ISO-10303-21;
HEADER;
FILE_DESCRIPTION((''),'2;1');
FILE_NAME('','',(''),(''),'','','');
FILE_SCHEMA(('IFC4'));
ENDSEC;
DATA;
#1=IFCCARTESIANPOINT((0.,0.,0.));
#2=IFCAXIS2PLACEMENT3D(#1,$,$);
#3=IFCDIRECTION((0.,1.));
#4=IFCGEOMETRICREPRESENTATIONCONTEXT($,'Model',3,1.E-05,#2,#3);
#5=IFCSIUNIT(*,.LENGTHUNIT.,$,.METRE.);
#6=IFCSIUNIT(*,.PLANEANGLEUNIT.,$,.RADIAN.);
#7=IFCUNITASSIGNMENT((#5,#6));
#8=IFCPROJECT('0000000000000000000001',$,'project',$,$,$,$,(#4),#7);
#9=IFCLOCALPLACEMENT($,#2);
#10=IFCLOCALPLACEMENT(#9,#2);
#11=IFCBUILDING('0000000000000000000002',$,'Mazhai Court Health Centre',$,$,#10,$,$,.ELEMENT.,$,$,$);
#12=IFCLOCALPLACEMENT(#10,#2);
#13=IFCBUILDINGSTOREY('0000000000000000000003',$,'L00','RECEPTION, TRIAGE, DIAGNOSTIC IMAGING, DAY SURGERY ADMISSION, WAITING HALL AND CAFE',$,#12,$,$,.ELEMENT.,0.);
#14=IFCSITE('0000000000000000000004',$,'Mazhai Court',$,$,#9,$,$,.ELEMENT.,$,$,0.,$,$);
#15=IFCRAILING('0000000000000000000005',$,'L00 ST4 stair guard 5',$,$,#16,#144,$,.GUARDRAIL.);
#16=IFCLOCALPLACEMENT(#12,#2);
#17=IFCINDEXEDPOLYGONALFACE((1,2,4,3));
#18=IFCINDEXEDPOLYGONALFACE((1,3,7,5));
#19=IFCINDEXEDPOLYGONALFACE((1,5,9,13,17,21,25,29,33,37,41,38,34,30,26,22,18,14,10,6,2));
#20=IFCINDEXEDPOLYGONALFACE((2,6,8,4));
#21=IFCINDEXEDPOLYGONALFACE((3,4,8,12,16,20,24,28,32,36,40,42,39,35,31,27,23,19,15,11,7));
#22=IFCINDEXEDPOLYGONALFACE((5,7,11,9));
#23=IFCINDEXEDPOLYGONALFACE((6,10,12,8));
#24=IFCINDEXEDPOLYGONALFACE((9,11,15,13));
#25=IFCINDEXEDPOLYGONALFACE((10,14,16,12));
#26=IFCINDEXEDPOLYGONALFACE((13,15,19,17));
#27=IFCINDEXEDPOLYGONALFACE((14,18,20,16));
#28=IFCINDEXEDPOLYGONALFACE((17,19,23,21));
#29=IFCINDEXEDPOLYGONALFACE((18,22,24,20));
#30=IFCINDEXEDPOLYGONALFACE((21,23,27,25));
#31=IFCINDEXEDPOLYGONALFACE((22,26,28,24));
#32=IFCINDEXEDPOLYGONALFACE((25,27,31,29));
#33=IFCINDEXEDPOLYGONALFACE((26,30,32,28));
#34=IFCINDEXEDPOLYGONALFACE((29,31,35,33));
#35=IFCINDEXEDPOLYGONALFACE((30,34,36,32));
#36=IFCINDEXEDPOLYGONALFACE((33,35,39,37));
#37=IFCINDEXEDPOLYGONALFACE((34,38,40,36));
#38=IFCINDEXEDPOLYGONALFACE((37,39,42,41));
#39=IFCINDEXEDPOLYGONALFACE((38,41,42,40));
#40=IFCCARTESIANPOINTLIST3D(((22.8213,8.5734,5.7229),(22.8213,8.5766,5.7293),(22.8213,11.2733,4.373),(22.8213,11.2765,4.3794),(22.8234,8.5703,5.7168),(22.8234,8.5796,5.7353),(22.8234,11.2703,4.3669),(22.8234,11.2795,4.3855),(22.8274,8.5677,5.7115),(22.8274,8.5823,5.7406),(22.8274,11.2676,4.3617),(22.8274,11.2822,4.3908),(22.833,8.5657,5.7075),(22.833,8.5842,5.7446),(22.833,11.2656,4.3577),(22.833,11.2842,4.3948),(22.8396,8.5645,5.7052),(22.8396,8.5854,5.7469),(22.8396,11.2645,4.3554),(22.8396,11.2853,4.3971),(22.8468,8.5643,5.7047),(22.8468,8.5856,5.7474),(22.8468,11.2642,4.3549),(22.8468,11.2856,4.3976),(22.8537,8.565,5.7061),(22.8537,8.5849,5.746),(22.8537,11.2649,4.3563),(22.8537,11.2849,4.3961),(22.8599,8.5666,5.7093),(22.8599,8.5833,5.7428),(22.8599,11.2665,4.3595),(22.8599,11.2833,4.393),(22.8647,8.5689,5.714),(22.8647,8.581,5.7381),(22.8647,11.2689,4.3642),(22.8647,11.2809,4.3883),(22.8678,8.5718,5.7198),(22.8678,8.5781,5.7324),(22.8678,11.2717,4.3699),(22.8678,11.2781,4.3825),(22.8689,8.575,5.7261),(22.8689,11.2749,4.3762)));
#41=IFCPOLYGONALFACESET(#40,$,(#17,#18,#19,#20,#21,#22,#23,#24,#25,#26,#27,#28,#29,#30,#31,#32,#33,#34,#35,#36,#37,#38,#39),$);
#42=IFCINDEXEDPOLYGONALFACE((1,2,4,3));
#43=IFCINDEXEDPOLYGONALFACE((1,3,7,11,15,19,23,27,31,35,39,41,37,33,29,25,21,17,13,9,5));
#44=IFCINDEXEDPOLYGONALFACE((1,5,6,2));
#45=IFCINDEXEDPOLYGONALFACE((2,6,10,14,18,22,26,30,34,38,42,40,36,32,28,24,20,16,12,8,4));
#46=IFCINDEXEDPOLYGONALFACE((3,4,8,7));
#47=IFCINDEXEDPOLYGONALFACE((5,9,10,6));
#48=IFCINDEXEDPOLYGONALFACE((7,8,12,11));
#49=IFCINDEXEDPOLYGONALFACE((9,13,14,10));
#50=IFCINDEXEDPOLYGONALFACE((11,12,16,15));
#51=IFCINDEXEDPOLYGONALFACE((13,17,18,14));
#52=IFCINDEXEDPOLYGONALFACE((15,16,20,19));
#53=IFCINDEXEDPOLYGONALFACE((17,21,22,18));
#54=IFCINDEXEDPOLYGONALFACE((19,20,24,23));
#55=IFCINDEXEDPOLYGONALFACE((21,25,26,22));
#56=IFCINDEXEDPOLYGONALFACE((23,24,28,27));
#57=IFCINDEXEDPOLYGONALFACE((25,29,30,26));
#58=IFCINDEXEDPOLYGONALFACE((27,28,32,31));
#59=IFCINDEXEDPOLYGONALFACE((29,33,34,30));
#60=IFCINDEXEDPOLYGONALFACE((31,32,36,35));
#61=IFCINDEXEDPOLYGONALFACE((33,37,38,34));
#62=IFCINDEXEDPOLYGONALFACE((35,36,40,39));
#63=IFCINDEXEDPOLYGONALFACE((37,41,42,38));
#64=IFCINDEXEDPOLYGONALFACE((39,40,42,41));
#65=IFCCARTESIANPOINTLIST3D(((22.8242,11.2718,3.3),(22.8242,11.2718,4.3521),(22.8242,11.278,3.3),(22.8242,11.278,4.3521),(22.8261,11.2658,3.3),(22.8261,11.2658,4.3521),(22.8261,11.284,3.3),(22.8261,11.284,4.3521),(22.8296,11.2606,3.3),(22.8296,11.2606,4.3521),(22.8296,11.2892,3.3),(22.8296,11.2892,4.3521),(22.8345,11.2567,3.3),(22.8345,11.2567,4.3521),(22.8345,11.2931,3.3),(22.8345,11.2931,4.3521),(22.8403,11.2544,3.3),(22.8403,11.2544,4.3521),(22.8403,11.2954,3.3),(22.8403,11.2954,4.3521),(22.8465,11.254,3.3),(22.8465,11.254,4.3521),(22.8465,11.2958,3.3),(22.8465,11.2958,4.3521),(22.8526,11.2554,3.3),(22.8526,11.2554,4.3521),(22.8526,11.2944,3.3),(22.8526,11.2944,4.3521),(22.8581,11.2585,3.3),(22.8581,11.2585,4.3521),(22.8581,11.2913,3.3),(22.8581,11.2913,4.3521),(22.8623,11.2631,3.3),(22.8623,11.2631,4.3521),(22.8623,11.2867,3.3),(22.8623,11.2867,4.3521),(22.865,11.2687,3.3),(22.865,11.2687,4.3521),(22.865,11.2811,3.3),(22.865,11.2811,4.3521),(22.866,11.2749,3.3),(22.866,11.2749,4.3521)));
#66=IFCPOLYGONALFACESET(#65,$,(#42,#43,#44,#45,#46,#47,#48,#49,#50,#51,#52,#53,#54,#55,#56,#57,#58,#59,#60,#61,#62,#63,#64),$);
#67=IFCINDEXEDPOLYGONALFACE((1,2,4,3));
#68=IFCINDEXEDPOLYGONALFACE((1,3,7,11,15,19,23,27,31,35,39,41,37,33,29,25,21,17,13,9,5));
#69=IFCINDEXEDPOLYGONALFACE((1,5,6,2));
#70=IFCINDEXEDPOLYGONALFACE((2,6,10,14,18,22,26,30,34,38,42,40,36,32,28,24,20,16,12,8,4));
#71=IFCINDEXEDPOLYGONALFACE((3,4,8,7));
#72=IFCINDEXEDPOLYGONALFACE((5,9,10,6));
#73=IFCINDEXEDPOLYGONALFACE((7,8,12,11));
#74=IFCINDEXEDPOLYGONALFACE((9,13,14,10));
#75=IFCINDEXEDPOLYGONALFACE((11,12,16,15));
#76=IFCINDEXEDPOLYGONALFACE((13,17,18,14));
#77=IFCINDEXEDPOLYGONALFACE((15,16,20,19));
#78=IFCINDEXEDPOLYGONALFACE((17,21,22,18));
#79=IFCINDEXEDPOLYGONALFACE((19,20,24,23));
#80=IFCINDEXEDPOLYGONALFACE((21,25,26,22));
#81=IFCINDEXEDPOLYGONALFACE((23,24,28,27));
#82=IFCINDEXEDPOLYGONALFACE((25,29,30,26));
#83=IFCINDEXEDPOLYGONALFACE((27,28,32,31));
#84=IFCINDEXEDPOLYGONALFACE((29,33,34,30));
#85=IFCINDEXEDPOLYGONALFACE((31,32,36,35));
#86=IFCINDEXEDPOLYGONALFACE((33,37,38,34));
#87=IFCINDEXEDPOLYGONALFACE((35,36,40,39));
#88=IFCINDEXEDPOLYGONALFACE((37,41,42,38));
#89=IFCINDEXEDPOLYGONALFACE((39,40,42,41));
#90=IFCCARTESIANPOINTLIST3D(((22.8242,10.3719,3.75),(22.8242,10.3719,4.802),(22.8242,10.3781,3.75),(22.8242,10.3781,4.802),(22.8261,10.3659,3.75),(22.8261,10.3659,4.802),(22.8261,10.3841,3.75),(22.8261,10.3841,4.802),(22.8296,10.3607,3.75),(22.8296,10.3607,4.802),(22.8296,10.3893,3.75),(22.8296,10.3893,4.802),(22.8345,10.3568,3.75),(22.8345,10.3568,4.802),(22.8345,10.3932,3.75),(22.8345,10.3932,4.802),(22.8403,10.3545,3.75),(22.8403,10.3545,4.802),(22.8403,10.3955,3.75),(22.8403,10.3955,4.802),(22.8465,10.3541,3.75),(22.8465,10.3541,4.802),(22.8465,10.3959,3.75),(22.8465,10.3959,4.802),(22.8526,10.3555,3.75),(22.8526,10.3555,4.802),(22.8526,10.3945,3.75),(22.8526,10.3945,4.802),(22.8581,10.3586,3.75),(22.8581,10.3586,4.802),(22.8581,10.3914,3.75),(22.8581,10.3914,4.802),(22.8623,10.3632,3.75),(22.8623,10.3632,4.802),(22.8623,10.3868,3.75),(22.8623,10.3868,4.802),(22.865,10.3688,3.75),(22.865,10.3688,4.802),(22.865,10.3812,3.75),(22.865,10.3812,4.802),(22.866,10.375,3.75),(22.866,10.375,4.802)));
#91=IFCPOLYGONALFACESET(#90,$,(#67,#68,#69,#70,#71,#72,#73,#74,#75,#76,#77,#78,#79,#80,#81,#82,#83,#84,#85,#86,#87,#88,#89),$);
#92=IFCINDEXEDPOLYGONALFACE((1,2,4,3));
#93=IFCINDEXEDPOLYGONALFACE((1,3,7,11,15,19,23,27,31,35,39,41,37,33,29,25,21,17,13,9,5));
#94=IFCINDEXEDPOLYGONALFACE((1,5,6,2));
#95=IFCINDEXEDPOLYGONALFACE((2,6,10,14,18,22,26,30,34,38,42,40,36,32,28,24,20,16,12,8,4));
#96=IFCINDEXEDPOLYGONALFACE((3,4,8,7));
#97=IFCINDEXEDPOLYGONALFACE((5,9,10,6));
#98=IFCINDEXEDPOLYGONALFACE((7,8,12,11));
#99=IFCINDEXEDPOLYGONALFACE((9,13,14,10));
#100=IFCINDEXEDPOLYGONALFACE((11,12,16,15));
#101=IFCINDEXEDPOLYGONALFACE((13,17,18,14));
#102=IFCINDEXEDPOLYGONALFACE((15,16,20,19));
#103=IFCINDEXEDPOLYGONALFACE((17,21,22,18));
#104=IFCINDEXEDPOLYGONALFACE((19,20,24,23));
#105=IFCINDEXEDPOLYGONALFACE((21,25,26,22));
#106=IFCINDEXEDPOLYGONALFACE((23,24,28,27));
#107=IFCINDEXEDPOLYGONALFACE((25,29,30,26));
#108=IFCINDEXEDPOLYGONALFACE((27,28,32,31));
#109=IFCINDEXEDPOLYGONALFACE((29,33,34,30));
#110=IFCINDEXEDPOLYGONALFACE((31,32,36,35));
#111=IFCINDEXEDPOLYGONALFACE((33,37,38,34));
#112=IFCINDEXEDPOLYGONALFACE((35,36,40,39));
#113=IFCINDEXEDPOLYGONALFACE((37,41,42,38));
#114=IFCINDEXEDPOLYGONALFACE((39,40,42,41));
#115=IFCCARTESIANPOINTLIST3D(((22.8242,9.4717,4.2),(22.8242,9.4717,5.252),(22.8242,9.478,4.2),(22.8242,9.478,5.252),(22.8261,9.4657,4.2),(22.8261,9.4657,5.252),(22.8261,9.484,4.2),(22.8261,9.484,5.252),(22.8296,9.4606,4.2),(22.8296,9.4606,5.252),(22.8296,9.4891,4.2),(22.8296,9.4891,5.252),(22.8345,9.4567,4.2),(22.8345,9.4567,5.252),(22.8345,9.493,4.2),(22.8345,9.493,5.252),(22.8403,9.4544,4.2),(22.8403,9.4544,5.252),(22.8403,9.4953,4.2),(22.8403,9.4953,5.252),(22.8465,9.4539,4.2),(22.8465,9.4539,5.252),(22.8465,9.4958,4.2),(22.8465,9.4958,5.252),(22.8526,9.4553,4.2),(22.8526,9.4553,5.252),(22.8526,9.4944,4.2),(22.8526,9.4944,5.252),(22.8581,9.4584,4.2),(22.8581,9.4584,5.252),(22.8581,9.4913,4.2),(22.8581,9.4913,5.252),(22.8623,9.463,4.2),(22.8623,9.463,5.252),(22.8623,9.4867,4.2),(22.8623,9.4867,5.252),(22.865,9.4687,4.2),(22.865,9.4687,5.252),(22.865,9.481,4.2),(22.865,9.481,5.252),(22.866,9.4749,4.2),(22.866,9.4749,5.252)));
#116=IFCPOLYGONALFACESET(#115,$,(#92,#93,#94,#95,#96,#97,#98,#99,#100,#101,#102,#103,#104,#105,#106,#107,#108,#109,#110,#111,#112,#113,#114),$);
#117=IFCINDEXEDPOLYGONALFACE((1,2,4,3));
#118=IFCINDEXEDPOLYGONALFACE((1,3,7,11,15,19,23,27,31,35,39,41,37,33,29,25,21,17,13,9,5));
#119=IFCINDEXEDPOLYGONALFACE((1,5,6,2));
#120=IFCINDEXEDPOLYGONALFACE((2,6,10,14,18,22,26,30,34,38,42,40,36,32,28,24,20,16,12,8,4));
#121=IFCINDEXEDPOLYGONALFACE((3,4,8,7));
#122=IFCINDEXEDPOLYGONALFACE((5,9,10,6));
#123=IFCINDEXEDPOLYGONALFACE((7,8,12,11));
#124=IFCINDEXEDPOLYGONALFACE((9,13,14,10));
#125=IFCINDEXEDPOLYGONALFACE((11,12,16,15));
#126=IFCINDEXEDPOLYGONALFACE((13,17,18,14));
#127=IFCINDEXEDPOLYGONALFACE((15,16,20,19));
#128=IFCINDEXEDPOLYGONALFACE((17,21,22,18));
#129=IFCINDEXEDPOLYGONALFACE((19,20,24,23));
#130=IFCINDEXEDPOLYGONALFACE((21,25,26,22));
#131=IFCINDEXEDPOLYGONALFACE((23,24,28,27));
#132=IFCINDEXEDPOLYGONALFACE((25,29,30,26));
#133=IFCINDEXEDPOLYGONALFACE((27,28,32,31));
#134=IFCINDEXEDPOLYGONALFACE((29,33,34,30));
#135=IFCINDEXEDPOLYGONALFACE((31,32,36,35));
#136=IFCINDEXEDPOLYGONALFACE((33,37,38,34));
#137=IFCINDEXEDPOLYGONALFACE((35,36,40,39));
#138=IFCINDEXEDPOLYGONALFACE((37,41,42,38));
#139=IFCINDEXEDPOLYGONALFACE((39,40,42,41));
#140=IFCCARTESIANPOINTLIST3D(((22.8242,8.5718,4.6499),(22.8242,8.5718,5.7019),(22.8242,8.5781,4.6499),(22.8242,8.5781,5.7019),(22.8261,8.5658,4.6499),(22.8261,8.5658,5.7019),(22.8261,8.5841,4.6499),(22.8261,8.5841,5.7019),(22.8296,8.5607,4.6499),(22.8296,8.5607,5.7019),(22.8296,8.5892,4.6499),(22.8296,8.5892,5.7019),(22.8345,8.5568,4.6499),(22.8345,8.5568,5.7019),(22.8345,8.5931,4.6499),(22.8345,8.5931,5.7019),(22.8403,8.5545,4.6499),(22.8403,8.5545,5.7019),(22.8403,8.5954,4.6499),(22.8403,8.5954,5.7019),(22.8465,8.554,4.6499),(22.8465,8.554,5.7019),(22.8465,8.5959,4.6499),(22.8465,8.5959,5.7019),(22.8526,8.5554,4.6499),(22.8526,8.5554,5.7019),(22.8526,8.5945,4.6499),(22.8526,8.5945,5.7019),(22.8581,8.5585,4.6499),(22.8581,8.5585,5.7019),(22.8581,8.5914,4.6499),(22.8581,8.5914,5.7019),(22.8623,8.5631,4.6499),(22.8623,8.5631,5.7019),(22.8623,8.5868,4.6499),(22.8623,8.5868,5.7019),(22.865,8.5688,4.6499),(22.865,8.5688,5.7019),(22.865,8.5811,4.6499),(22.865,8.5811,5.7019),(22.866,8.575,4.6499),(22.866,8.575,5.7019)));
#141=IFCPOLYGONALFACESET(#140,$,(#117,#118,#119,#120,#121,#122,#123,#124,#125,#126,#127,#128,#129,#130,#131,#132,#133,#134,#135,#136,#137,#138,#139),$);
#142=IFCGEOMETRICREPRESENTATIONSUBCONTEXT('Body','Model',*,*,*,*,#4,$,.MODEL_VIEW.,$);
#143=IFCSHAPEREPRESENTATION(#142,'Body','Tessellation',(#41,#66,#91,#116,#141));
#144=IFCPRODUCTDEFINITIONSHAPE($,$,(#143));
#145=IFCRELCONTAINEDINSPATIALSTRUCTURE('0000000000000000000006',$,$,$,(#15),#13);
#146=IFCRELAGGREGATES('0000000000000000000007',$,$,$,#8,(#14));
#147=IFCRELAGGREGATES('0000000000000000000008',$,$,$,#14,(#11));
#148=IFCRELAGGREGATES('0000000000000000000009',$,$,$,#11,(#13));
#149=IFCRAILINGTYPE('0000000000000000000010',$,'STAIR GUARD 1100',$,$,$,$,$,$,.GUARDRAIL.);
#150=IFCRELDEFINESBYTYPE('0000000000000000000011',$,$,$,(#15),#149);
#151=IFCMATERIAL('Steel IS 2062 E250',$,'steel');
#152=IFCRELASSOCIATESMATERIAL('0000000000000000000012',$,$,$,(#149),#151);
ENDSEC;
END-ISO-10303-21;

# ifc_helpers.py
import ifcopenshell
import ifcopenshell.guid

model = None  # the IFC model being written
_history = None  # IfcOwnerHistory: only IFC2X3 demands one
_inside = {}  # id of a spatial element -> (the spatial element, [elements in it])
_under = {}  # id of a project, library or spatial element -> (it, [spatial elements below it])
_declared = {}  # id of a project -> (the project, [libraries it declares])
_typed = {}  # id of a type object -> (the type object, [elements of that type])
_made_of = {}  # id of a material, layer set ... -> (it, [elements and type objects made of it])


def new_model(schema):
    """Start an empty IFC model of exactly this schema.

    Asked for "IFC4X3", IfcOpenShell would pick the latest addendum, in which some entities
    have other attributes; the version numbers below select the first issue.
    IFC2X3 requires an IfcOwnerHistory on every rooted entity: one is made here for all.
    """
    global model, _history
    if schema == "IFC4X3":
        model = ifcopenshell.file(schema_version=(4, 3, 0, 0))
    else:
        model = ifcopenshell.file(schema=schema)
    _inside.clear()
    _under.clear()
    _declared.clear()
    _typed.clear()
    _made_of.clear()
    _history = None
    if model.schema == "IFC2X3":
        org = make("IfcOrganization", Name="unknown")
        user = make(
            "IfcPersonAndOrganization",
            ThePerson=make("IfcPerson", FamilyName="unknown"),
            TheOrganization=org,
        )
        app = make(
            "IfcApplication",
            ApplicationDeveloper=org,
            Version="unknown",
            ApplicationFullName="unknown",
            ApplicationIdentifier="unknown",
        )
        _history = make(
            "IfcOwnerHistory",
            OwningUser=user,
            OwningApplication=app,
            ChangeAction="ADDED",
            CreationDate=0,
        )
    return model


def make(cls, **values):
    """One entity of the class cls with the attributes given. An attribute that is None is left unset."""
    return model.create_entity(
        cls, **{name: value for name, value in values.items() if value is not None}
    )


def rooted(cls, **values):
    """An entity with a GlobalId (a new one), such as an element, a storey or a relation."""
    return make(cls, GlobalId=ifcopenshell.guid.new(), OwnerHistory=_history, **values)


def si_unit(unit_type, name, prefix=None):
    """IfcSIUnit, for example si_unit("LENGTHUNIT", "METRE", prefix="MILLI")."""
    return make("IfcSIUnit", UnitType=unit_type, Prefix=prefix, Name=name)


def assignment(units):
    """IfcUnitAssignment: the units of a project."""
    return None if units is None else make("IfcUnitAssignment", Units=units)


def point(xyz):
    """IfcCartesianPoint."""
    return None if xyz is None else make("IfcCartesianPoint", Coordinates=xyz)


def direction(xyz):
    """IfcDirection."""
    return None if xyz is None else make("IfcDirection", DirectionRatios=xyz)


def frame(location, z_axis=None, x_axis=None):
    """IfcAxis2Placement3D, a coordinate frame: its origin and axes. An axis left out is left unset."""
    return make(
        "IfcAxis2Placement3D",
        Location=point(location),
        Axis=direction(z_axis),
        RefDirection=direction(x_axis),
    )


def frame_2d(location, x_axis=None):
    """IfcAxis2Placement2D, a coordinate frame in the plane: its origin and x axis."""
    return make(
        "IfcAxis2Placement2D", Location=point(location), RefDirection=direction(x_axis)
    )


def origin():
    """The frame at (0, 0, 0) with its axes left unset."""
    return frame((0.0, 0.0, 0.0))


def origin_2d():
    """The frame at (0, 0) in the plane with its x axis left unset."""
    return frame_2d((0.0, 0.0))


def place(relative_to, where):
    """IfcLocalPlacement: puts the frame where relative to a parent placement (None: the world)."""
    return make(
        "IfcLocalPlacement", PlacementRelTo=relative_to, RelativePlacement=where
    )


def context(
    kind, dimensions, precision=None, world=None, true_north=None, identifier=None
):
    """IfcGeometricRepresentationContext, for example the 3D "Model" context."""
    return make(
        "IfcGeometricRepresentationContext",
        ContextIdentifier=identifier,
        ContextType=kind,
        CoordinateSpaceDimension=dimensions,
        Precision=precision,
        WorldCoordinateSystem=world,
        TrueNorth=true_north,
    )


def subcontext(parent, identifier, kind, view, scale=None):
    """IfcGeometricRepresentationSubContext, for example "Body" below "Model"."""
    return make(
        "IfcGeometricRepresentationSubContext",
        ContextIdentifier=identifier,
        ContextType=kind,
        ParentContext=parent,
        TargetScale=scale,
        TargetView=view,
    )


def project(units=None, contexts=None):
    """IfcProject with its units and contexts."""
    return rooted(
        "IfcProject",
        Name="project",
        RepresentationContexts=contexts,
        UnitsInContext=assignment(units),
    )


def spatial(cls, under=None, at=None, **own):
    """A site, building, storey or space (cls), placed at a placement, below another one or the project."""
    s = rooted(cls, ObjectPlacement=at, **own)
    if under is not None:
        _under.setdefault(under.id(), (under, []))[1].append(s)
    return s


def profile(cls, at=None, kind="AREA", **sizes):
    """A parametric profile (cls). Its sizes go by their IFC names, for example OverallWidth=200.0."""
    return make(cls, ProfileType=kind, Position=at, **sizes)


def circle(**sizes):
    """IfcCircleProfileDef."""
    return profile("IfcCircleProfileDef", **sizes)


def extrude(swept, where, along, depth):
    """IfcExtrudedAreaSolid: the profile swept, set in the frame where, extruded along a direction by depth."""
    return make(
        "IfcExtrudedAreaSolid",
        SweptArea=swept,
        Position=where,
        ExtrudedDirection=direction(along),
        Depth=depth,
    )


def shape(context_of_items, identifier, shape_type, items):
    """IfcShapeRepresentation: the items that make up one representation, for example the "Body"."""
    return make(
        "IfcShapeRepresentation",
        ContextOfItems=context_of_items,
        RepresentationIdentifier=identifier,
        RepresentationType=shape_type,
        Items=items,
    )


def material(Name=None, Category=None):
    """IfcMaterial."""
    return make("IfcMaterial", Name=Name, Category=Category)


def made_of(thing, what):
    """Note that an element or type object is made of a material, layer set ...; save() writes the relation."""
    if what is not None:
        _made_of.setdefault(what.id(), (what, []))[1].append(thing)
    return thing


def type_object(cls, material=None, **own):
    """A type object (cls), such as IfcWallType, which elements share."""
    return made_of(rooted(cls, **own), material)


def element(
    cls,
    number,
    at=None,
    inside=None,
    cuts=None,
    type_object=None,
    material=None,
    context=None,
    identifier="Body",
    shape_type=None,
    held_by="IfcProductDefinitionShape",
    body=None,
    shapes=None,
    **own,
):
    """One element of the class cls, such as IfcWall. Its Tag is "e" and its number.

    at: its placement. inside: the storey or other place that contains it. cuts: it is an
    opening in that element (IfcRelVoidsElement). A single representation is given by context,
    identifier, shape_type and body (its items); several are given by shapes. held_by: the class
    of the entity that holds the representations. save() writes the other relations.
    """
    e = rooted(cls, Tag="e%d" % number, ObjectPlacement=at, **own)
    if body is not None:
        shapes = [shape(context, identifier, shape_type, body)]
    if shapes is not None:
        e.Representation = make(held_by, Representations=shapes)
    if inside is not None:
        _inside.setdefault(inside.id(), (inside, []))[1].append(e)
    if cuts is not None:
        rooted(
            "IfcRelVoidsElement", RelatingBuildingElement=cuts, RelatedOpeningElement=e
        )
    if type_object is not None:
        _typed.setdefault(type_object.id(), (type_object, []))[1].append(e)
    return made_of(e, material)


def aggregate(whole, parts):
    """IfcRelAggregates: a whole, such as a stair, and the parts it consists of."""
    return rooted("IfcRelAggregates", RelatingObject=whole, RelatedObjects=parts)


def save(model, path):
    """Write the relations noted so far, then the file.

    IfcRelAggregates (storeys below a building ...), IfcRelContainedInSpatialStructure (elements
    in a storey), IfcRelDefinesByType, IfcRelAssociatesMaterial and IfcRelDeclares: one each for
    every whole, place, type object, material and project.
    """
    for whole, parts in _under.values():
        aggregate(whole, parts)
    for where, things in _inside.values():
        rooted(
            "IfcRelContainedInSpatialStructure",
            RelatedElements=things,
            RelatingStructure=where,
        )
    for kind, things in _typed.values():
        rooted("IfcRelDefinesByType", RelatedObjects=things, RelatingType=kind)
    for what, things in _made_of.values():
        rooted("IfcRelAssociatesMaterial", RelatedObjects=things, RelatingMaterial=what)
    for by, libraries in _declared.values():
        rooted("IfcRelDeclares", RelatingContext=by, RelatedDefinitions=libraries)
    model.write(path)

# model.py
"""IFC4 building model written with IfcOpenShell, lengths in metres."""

from ifc_helpers import new_model, si_unit, direction, frame, origin, origin_2d, place, context, subcontext, project, spatial, circle, extrude, material, type_object, element, save


model = new_model("IFC4")

# Units and contexts
model_context = context("Model", 3, precision=1e-05, world=origin(), true_north=direction((0.0, 1.0)))
body_context = subcontext(model_context, "Body", "Model", "MODEL_VIEW")
ifc_project = project(units=[si_unit("LENGTHUNIT", "METRE"), si_unit("PLANEANGLEUNIT", "RADIAN")], contexts=[model_context])

# Site, building, storey
site_placement = place(None, origin())
site = spatial("IfcSite", under=ifc_project, at=site_placement, Name="Mazhai Court", CompositionType="ELEMENT", RefElevation=0.0)
building_placement = place(site_placement, origin())
building = spatial("IfcBuilding", under=site, at=building_placement, Name="Mazhai Court Health Centre", CompositionType="ELEMENT")
storey_placement = place(building_placement, origin())
storey = spatial("IfcBuildingStorey", under=building, at=storey_placement, Name="L00", Description="RECEPTION, TRIAGE, DIAGNOSTIC IMAGING, DAY SURGERY ADMISSION, WAITING HALL AND CAFE", CompositionType="ELEMENT", Elevation=0.0)

# Railing
ifc_material_1 = material(Name="Steel IS 2062 E250", Category="steel")
railing_type_1 = type_object("IfcRailingType", Name="STAIR GUARD 1100", PredefinedType="GUARDRAIL", material=ifc_material_1)
railing_1_placement = place(storey_placement, frame((22.845, 11.2749, 3.3)))
element("IfcRailing", 1, at=railing_1_placement, inside=storey, type_object=railing_type_1, Name="L00 ST4 stair guard 5", PredefinedType="GUARDRAIL", context=body_context, shape_type="SweptSolid", body=[
    extrude(circle(Radius=0.0239, at=origin_2d()), frame((0.0, 0.0, 1.0762), z_axis=(0.0, -0.894443, 0.447181), x_axis=(1.0, 0.0, 0.0)), (0.0, 0.0, 1.0), 3.0186),
    extrude(circle(Radius=0.021, at=origin_2d()), origin(), (0.0, 0.0, 1.0), 1.052),
    extrude(circle(Radius=0.021, at=origin_2d()), frame((0.0, -0.8999, 0.45)), (0.0, 0.0, 1.0), 1.052),
    extrude(circle(Radius=0.021, at=origin_2d()), frame((0.0, -1.8, 0.8999)), (0.0, 0.0, 1.0), 1.052),
    extrude(circle(Radius=0.021, at=origin_2d()), frame((0.0, -2.7, 1.3499)), (0.0, 0.0, 1.0), 1.052),
])

save(model, "model.ifc")
